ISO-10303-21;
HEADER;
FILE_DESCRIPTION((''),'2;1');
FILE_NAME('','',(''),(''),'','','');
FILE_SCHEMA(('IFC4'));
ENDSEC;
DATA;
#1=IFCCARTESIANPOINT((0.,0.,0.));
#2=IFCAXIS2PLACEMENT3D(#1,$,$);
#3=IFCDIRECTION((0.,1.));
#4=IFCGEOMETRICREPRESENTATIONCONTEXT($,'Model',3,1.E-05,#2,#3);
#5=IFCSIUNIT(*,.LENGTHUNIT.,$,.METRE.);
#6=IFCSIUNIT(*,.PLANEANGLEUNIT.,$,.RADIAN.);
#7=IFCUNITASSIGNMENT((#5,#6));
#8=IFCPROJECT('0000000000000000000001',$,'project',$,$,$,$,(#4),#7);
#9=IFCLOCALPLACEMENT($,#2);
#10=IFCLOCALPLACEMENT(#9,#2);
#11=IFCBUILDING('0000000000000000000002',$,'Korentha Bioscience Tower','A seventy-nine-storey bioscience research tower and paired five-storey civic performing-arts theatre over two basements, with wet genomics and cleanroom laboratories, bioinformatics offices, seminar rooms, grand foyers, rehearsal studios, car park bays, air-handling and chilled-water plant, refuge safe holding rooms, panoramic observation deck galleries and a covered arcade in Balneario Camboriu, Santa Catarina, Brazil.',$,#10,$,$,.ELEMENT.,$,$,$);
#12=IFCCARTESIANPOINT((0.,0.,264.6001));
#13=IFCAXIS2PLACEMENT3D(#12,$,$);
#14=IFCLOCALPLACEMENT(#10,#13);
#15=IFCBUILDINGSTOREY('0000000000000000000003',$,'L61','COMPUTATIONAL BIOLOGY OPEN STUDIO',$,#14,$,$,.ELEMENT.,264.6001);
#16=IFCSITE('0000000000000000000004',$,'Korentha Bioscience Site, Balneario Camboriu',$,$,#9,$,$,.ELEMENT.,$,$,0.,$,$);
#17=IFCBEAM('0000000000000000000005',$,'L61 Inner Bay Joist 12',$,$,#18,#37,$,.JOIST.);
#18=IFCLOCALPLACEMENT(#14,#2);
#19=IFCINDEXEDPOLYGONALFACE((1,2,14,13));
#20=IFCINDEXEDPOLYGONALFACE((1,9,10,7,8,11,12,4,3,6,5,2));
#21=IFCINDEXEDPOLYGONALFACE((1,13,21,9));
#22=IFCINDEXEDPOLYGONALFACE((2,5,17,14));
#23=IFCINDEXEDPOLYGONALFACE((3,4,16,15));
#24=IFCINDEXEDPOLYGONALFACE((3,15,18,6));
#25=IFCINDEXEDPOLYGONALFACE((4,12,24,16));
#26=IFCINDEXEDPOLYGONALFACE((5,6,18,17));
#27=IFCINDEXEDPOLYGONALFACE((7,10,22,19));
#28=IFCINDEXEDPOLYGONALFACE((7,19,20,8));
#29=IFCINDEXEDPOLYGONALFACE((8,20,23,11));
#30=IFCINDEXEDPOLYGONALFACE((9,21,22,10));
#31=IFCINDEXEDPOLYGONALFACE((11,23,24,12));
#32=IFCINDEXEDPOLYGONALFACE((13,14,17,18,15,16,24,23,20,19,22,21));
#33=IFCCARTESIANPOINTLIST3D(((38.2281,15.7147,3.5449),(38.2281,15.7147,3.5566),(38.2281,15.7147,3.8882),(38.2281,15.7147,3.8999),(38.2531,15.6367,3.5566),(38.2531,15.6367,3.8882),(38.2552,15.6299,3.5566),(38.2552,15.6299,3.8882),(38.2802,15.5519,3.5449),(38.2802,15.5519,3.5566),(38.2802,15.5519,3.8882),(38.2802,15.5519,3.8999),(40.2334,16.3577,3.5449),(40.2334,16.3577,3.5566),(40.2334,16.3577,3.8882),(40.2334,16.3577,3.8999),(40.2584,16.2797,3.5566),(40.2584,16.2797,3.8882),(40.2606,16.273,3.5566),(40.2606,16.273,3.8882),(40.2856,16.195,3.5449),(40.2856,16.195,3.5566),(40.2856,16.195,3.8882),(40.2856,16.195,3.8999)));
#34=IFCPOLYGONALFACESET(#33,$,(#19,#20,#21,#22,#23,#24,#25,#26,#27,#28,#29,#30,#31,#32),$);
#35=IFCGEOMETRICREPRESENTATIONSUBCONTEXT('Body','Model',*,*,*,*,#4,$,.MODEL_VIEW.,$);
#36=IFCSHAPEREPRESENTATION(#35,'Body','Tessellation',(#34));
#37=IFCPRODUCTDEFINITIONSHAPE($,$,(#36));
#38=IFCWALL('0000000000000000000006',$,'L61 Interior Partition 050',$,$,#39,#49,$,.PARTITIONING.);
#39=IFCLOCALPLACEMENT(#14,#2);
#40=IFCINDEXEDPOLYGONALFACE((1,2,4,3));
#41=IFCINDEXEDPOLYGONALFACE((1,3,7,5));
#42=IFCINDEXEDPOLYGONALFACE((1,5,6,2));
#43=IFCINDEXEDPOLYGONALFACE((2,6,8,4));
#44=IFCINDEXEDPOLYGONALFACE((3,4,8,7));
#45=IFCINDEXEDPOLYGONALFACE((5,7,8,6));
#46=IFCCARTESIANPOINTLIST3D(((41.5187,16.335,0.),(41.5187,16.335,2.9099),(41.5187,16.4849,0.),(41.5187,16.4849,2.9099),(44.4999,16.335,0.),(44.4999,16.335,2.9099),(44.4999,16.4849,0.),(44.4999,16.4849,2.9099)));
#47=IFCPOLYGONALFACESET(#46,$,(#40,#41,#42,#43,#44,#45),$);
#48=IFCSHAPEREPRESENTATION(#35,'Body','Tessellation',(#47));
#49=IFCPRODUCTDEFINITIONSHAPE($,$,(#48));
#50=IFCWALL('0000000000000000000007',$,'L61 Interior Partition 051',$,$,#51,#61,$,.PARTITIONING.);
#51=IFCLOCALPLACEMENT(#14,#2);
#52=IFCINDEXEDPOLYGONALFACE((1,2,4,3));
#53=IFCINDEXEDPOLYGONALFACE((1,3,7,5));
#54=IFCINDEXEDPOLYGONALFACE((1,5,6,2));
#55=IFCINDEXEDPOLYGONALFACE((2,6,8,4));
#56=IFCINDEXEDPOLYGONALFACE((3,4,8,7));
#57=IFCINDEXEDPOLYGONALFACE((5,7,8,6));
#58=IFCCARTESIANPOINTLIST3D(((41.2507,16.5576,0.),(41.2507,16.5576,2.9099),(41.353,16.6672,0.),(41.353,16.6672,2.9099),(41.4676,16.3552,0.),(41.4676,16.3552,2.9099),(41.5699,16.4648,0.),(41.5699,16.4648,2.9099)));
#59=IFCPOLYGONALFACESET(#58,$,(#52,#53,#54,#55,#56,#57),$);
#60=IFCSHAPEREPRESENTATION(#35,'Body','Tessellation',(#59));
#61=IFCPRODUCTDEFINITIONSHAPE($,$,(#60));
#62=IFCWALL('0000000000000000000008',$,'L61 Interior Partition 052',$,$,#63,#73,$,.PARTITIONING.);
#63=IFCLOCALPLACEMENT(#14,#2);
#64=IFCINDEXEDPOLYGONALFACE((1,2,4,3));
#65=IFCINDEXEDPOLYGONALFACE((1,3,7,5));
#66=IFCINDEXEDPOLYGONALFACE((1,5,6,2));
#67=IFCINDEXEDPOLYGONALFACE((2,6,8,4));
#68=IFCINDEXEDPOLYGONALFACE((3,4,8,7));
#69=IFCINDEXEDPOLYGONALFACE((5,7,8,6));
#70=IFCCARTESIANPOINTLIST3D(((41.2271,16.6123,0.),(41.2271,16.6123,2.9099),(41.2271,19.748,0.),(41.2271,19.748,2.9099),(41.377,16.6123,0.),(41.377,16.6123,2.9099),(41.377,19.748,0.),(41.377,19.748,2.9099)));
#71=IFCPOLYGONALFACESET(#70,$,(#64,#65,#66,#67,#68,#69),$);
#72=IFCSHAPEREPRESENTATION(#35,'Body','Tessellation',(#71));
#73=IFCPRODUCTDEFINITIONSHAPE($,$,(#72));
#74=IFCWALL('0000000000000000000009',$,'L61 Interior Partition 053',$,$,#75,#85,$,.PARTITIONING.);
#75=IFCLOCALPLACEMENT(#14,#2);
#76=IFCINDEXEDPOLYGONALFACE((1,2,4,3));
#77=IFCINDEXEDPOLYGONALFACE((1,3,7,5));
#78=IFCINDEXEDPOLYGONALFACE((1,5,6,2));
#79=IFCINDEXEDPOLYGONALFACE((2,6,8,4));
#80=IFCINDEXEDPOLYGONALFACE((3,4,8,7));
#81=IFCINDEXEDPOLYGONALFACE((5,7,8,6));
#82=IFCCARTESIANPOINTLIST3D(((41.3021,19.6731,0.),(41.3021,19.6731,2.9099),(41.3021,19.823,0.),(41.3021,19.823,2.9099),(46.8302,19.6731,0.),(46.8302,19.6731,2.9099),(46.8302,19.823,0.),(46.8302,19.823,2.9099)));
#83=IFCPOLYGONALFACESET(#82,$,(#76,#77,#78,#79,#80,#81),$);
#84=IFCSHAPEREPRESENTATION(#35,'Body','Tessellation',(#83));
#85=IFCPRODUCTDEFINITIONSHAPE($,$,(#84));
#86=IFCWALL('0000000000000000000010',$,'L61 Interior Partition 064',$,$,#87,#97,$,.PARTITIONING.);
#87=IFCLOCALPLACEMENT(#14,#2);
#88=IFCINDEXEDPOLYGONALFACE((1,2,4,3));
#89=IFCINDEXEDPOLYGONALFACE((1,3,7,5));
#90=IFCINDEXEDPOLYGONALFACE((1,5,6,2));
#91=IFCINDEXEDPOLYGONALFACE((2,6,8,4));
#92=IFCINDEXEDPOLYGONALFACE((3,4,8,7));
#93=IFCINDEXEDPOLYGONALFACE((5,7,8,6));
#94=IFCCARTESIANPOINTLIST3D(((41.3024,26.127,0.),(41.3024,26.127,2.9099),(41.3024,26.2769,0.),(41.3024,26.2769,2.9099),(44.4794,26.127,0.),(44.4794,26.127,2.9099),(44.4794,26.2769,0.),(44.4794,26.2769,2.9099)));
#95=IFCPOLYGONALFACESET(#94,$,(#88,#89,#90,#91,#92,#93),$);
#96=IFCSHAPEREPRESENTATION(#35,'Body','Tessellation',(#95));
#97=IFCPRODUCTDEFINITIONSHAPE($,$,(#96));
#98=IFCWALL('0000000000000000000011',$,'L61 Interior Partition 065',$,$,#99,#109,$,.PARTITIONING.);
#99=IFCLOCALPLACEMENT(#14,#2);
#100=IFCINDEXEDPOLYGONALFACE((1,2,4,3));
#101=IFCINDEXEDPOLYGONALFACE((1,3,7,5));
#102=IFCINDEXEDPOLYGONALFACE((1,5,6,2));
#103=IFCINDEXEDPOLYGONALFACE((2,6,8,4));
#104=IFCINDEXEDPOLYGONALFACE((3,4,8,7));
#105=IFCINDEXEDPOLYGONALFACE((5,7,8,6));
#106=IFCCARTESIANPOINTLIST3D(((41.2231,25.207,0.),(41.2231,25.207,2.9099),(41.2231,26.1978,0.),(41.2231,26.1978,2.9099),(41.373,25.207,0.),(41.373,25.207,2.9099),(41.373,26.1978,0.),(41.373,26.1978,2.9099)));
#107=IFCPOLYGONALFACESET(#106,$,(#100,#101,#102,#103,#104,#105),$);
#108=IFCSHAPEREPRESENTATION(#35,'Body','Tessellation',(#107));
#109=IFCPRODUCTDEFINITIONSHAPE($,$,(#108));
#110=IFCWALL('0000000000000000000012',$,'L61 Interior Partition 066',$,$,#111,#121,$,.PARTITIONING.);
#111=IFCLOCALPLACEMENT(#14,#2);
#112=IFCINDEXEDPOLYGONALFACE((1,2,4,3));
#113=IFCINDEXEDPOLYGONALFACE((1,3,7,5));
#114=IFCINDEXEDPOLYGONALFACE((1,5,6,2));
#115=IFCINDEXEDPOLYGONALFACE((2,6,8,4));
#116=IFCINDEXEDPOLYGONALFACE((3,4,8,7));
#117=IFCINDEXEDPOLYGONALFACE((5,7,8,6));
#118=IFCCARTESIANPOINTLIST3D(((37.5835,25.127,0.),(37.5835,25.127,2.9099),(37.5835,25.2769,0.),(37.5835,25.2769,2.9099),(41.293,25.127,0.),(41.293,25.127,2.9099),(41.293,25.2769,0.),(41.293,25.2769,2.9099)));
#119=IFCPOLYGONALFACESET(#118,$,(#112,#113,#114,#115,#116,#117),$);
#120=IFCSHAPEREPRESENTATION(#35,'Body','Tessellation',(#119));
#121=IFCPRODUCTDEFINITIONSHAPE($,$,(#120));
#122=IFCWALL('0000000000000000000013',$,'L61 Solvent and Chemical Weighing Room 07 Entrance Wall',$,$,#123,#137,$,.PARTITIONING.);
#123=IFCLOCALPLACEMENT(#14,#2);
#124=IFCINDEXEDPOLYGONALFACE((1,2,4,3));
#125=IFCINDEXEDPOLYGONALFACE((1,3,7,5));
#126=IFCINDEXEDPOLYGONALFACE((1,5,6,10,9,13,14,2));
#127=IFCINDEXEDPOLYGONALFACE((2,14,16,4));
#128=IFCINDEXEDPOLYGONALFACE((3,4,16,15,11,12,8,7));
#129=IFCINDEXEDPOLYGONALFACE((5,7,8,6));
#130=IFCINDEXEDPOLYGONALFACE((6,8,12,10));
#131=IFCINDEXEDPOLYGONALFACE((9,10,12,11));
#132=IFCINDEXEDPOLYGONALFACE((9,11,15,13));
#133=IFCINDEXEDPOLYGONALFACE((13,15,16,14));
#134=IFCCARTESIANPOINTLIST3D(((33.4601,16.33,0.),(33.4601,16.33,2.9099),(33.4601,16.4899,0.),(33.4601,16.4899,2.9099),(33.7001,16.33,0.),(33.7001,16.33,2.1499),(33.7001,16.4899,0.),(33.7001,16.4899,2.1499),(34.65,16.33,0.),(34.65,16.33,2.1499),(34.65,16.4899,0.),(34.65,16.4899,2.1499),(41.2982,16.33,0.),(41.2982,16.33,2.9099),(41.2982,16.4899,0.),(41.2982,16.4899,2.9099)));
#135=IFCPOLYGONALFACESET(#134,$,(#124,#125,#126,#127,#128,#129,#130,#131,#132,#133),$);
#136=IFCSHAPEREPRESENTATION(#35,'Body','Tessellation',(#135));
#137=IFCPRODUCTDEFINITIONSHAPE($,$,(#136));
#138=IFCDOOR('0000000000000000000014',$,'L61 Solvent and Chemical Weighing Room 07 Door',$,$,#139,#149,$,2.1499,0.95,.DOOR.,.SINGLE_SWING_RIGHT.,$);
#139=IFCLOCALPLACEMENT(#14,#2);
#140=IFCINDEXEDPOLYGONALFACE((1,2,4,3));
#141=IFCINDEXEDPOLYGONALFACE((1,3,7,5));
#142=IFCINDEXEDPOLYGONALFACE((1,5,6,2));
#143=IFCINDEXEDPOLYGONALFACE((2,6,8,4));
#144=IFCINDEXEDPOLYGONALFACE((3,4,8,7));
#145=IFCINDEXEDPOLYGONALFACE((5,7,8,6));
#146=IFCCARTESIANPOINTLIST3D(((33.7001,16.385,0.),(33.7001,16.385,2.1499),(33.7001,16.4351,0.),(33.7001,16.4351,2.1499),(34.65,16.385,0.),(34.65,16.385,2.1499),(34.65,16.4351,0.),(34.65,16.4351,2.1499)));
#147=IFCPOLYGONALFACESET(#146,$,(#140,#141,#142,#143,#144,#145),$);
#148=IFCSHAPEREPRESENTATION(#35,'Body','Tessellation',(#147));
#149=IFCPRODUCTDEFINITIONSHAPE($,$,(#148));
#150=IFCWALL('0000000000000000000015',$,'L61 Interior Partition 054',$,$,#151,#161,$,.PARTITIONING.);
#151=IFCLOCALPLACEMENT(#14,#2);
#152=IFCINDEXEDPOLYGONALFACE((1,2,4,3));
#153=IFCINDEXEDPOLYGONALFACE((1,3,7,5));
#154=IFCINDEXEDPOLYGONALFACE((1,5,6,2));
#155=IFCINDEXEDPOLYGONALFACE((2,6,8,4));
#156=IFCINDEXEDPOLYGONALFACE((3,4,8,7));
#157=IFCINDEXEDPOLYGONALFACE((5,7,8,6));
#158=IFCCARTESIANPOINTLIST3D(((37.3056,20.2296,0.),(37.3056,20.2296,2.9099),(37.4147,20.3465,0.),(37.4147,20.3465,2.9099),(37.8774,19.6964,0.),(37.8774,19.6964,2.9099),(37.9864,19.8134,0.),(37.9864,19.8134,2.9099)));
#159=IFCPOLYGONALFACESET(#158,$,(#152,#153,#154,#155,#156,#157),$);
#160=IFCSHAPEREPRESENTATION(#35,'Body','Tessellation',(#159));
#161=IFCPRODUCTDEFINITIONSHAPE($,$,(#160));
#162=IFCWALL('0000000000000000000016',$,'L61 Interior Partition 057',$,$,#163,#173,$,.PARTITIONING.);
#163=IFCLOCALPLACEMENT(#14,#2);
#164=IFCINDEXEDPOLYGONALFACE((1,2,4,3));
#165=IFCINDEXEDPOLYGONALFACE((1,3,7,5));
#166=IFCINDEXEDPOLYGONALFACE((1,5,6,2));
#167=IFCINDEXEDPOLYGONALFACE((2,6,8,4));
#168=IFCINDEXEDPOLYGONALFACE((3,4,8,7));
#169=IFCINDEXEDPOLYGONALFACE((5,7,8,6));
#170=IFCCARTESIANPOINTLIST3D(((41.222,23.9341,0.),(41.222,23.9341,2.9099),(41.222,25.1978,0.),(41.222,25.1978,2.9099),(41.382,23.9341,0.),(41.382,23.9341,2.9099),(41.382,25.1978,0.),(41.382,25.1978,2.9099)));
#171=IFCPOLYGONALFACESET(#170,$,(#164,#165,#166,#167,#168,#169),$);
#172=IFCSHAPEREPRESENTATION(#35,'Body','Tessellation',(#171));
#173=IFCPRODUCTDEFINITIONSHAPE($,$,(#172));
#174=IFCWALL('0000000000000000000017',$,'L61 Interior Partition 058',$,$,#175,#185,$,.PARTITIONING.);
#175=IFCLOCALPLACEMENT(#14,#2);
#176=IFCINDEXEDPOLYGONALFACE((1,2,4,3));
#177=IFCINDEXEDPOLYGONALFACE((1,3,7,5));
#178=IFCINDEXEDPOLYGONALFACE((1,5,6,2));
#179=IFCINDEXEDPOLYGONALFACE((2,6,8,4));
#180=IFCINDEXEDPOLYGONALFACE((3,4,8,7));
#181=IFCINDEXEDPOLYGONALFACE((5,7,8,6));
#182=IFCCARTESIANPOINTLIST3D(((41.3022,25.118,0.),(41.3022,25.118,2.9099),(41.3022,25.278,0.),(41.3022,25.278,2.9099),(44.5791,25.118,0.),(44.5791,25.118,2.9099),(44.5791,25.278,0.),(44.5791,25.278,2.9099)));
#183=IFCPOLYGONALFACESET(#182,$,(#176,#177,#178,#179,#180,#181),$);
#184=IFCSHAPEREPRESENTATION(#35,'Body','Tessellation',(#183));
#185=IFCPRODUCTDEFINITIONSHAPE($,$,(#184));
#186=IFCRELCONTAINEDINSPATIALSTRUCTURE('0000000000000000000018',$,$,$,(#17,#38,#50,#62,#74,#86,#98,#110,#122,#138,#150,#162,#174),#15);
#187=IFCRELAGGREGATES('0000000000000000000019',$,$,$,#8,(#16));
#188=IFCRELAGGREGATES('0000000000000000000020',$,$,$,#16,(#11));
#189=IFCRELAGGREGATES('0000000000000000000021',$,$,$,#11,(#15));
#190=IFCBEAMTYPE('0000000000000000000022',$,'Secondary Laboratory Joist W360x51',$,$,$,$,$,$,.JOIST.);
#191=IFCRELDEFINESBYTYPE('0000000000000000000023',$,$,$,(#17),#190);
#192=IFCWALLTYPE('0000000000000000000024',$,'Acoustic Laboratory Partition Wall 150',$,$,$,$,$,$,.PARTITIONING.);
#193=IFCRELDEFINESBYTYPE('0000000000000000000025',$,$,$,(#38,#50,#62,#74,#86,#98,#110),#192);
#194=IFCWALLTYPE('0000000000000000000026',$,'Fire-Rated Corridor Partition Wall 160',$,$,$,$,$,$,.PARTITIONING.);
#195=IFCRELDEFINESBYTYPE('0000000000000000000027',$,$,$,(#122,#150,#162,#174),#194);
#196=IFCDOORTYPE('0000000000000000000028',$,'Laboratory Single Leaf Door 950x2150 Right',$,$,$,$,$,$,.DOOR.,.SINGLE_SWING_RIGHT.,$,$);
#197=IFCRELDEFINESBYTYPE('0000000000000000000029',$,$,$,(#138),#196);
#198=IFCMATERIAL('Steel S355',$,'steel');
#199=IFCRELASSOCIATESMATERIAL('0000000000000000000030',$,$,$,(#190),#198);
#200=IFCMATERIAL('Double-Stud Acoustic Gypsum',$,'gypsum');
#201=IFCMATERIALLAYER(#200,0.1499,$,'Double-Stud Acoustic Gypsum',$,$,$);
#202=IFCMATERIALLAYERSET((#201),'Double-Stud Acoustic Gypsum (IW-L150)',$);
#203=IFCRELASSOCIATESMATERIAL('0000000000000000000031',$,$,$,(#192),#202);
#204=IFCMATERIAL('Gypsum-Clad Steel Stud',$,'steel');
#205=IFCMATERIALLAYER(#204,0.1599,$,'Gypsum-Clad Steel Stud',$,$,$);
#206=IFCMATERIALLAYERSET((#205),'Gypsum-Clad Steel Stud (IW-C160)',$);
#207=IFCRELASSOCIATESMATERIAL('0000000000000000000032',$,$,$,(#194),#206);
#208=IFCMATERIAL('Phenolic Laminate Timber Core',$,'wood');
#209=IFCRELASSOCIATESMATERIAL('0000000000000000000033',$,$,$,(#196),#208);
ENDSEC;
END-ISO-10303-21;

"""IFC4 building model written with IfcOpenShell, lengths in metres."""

from ifc_helpers import new_model, si_unit, direction, frame, frame_2d, origin, origin_2d, place, context, subcontext, project, spatial, rectangle, i_section, extrude, material, layer, layer_set, material_profile, profile_set, type_object, element, fill, save


model = new_model("IFC4")

# Units and contexts
model_context = context("Model", 3, precision=1e-05, world=origin(), true_north=direction((0.0, 1.0)))
body_context = subcontext(model_context, "Body", "Model", "MODEL_VIEW")
ifc_project = project(units=[si_unit("LENGTHUNIT", "METRE"), si_unit("PLANEANGLEUNIT", "RADIAN")], contexts=[model_context])

# Site, building, storey
site_placement = place(None, origin())
site = spatial("IfcSite", under=ifc_project, at=site_placement, Name="Korentha Bioscience Site, Balneario Camboriu", CompositionType="ELEMENT", RefElevation=0.0)
building_placement = place(site_placement, origin())
building = spatial("IfcBuilding", under=site, at=building_placement, Name="Korentha Bioscience Tower", Description="A seventy-nine-storey bioscience research tower and paired five-storey civic performing-arts theatre over two basements, with wet genomics and cleanroom laboratories, bioinformatics offices, seminar rooms, grand foyers, rehearsal studios, car park bays, air-handling and chilled-water plant, refuge safe holding rooms, panoramic observation deck galleries and a covered arcade in Balneario Camboriu, Santa Catarina, Brazil.", CompositionType="ELEMENT")
storey_placement = place(building_placement, frame((0.0, 0.0, 264.6001)))
storey = spatial("IfcBuildingStorey", under=building, at=storey_placement, Name="L61", Description="COMPUTATIONAL BIOLOGY OPEN STUDIO", CompositionType="ELEMENT", Elevation=264.6001)

# Beam
ifc_material_1 = material(Name="Steel S355", Category="steel")
ifc_material_profile_1 = material_profile(ifc_material_1, i_section(OverallWidth=0.1709, OverallDepth=0.355, WebThickness=0.0071, FlangeThickness=0.0117, at=origin_2d()), Name="Steel S355")
ifc_profile_set_1 = profile_set([ifc_material_profile_1], Name="Steel S355 (JB-360)")
beam_type_1 = type_object("IfcBeamType", Name="Secondary Laboratory Joist W360x51", PredefinedType="JOIST", material=ifc_profile_set_1)
beam_1_placement = place(storey_placement, frame((38.2542, 15.6333, 3.7224), z_axis=(0.952238, 0.305356, 0.0), x_axis=(-0.305356, 0.952238, 0.0)))
element("IfcBeam", 1, at=beam_1_placement, inside=storey, type_object=beam_type_1, Name="L61 Inner Bay Joist 12", PredefinedType="JOIST", context=body_context, shape_type="SweptSolid", body=[
    extrude(i_section(OverallWidth=0.1709, OverallDepth=0.355, WebThickness=0.0071, FlangeThickness=0.0117, at=origin_2d()), origin(), (0.0, 0.0, 1.0), 2.106),
])

# Walls
ifc_material_2 = material(Name="Double-Stud Acoustic Gypsum", Category="gypsum")
ifc_layer_1 = layer(ifc_material_2, 0.1499, Name="Double-Stud Acoustic Gypsum")
ifc_layer_set_1 = layer_set([ifc_layer_1], Name="Double-Stud Acoustic Gypsum (IW-L150)")
wall_type_1 = type_object("IfcWallType", Name="Acoustic Laboratory Partition Wall 150", PredefinedType="PARTITIONING", material=ifc_layer_set_1)
wall_1_placement = place(storey_placement, frame((44.5, 16.4099, 0.0), z_axis=(0.0, 0.0, 1.0), x_axis=(-1.0, 0.0, 0.0)))
element("IfcWall", 2, at=wall_1_placement, inside=storey, type_object=wall_type_1, Name="L61 Interior Partition 050", PredefinedType="PARTITIONING", context=body_context, shape_type="SweptSolid", body=[
    extrude(rectangle(XDim=2.9812, YDim=0.1499, at=frame_2d((1.4907, 0.0))), origin(), (0.0, 0.0, 1.0), 2.9099),
])
wall_2_placement = place(storey_placement, frame((41.5188, 16.4099, 0.0), z_axis=(0.0, 0.0, 1.0), x_axis=(-0.730973, 0.682406, 0.0)))
element("IfcWall", 3, at=wall_2_placement, inside=storey, type_object=wall_type_1, Name="L61 Interior Partition 051", PredefinedType="PARTITIONING", context=body_context, shape_type="SweptSolid", body=[
    extrude(rectangle(XDim=0.2966, YDim=0.1499, at=frame_2d((0.1484, 0.0))), origin(), (0.0, 0.0, 1.0), 2.9099),
])
wall_3_placement = place(storey_placement, frame((41.302, 16.6123, 0.0), z_axis=(0.0, 0.0, 1.0), x_axis=(0.0, 1.0, 0.0)))
element("IfcWall", 4, at=wall_3_placement, inside=storey, type_object=wall_type_1, Name="L61 Interior Partition 052", PredefinedType="PARTITIONING", context=body_context, shape_type="SweptSolid", body=[
    extrude(rectangle(XDim=3.1357, YDim=0.1499, at=frame_2d((1.5679, 0.0))), origin(), (0.0, 0.0, 1.0), 2.9099),
])
wall_4_placement = place(storey_placement, frame((41.302, 19.748, 0.0), z_axis=(0.0, 0.0, 1.0), x_axis=(1.0, 0.0, 0.0)))
element("IfcWall", 5, at=wall_4_placement, inside=storey, type_object=wall_type_1, Name="L61 Interior Partition 053", PredefinedType="PARTITIONING", context=body_context, shape_type="SweptSolid", body=[
    extrude(rectangle(XDim=5.5281, YDim=0.1499, at=frame_2d((2.7642, 0.0))), origin(), (0.0, 0.0, 1.0), 2.9099),
])
wall_5_placement = place(storey_placement, frame((44.4792, 26.2019, 0.0), z_axis=(0.0, 0.0, 1.0), x_axis=(-1.0, 0.0, 0.0)))
element("IfcWall", 6, at=wall_5_placement, inside=storey, type_object=wall_type_1, Name="L61 Interior Partition 064", PredefinedType="PARTITIONING", context=body_context, shape_type="SweptSolid", body=[
    extrude(rectangle(XDim=3.177, YDim=0.1499, at=frame_2d((1.5884, 0.0))), origin(), (0.0, 0.0, 1.0), 2.9099),
])
wall_6_placement = place(storey_placement, frame((41.2981, 26.1978, 0.0), z_axis=(0.0, 0.0, 1.0), x_axis=(0.0, -1.0, 0.0)))
element("IfcWall", 7, at=wall_6_placement, inside=storey, type_object=wall_type_1, Name="L61 Interior Partition 065", PredefinedType="PARTITIONING", context=body_context, shape_type="SweptSolid", body=[
    extrude(rectangle(XDim=0.9907, YDim=0.1499, at=frame_2d((0.4954, 0.0))), origin(), (0.0, 0.0, 1.0), 2.9099),
])
wall_7_placement = place(storey_placement, frame((41.293, 25.2019, 0.0), z_axis=(0.0, 0.0, 1.0), x_axis=(-1.0, 0.0, 0.0)))
element("IfcWall", 8, at=wall_7_placement, inside=storey, type_object=wall_type_1, Name="L61 Interior Partition 066", PredefinedType="PARTITIONING", context=body_context, shape_type="SweptSolid", body=[
    extrude(rectangle(XDim=3.7095, YDim=0.1499, at=frame_2d((1.8547, 0.0))), origin(), (0.0, 0.0, 1.0), 2.9099),
])

# Wall, opening, door
ifc_material_3 = material(Name="Gypsum-Clad Steel Stud", Category="steel")
ifc_layer_2 = layer(ifc_material_3, 0.1599, Name="Gypsum-Clad Steel Stud")
ifc_layer_set_2 = layer_set([ifc_layer_2], Name="Gypsum-Clad Steel Stud (IW-C160)")
wall_type_2 = type_object("IfcWallType", Name="Fire-Rated Corridor Partition Wall 160", PredefinedType="PARTITIONING", material=ifc_layer_set_2)
wall_8_placement = place(storey_placement, frame((41.2981, 16.4099, 0.0), z_axis=(0.0, 0.0, 1.0), x_axis=(-1.0, 0.0, 0.0)))
wall_8 = element("IfcWall", 9, at=wall_8_placement, inside=storey, type_object=wall_type_2, Name="L61 Solvent and Chemical Weighing Room 07 Entrance Wall", PredefinedType="PARTITIONING", context=body_context, shape_type="SweptSolid", body=[
    extrude(rectangle(XDim=7.8381, YDim=0.1599, at=frame_2d((3.9189, 0.0))), origin(), (0.0, 0.0, 1.0), 2.9099),
])
opening_placement = place(wall_8_placement, frame((6.6479, 0.0, 0.0)))
opening = element("IfcOpeningElement", 10, at=opening_placement, cuts=wall_8, PredefinedType="OPENING", context=body_context, shape_type="SweptSolid", body=[
    extrude(rectangle(XDim=0.95, YDim=2.1499, at=frame_2d((0.4751, 1.075))), frame((0.0, 0.0947, 0.0), z_axis=(0.0, -1.0, 0.0), x_axis=(1.0, 0.0, 0.0)), (0.0, 0.0, 1.0), 0.1897),
])
ifc_material_4 = material(Name="Phenolic Laminate Timber Core", Category="wood")
door_type = type_object("IfcDoorType", Name="Laboratory Single Leaf Door 950x2150 Right", OperationType="SINGLE_SWING_RIGHT", PredefinedType="DOOR", material=ifc_material_4)
door_placement = place(opening_placement, origin())
door = element("IfcDoor", 11, at=door_placement, inside=storey, type_object=door_type, Name="L61 Solvent and Chemical Weighing Room 07 Door", OperationType="SINGLE_SWING_RIGHT", OverallHeight=2.1499, OverallWidth=0.95, PredefinedType="DOOR", context=body_context, shape_type="SweptSolid", body=[
    extrude(rectangle(XDim=0.95, YDim=2.1499, at=frame_2d((0.4751, 1.075))), frame((0.0, 0.0249, 0.0), z_axis=(0.0, -1.0, 0.0), x_axis=(1.0, 0.0, 0.0)), (0.0, 0.0, 1.0), 0.05),
])
fill(opening, door)

# Walls
wall_9_placement = place(storey_placement, frame((37.9319, 19.7549, 0.0), z_axis=(0.0, 0.0, 1.0), x_axis=(-0.731346, 0.682007, 0.0)))
element("IfcWall", 12, at=wall_9_placement, inside=storey, type_object=wall_type_2, Name="L61 Interior Partition 054", PredefinedType="PARTITIONING", context=body_context, shape_type="SweptSolid", body=[
    extrude(rectangle(XDim=0.7817, YDim=0.1599, at=frame_2d((0.3909, 0.0))), origin(), (0.0, 0.0, 1.0), 2.9099),
])
wall_10_placement = place(storey_placement, frame((41.302, 23.9341, 0.0), z_axis=(0.0, 0.0, 1.0), x_axis=(0.0, 1.0, 0.0)))
element("IfcWall", 13, at=wall_10_placement, inside=storey, type_object=wall_type_2, Name="L61 Interior Partition 057", PredefinedType="PARTITIONING", context=body_context, shape_type="SweptSolid", body=[
    extrude(rectangle(XDim=1.2637, YDim=0.1599, at=frame_2d((0.6318, 0.0))), origin(), (0.0, 0.0, 1.0), 2.9099),
])
wall_11_placement = place(storey_placement, frame((41.3022, 25.198, 0.0), z_axis=(0.0, 0.0, 1.0), x_axis=(1.0, 0.0, 0.0)))
element("IfcWall", 14, at=wall_11_placement, inside=storey, type_object=wall_type_2, Name="L61 Interior Partition 058", PredefinedType="PARTITIONING", context=body_context, shape_type="SweptSolid", body=[
    extrude(rectangle(XDim=3.2769, YDim=0.1599, at=frame_2d((1.6384, 0.0))), origin(), (0.0, 0.0, 1.0), 2.9099),
])

save(model, "model.ifc")
